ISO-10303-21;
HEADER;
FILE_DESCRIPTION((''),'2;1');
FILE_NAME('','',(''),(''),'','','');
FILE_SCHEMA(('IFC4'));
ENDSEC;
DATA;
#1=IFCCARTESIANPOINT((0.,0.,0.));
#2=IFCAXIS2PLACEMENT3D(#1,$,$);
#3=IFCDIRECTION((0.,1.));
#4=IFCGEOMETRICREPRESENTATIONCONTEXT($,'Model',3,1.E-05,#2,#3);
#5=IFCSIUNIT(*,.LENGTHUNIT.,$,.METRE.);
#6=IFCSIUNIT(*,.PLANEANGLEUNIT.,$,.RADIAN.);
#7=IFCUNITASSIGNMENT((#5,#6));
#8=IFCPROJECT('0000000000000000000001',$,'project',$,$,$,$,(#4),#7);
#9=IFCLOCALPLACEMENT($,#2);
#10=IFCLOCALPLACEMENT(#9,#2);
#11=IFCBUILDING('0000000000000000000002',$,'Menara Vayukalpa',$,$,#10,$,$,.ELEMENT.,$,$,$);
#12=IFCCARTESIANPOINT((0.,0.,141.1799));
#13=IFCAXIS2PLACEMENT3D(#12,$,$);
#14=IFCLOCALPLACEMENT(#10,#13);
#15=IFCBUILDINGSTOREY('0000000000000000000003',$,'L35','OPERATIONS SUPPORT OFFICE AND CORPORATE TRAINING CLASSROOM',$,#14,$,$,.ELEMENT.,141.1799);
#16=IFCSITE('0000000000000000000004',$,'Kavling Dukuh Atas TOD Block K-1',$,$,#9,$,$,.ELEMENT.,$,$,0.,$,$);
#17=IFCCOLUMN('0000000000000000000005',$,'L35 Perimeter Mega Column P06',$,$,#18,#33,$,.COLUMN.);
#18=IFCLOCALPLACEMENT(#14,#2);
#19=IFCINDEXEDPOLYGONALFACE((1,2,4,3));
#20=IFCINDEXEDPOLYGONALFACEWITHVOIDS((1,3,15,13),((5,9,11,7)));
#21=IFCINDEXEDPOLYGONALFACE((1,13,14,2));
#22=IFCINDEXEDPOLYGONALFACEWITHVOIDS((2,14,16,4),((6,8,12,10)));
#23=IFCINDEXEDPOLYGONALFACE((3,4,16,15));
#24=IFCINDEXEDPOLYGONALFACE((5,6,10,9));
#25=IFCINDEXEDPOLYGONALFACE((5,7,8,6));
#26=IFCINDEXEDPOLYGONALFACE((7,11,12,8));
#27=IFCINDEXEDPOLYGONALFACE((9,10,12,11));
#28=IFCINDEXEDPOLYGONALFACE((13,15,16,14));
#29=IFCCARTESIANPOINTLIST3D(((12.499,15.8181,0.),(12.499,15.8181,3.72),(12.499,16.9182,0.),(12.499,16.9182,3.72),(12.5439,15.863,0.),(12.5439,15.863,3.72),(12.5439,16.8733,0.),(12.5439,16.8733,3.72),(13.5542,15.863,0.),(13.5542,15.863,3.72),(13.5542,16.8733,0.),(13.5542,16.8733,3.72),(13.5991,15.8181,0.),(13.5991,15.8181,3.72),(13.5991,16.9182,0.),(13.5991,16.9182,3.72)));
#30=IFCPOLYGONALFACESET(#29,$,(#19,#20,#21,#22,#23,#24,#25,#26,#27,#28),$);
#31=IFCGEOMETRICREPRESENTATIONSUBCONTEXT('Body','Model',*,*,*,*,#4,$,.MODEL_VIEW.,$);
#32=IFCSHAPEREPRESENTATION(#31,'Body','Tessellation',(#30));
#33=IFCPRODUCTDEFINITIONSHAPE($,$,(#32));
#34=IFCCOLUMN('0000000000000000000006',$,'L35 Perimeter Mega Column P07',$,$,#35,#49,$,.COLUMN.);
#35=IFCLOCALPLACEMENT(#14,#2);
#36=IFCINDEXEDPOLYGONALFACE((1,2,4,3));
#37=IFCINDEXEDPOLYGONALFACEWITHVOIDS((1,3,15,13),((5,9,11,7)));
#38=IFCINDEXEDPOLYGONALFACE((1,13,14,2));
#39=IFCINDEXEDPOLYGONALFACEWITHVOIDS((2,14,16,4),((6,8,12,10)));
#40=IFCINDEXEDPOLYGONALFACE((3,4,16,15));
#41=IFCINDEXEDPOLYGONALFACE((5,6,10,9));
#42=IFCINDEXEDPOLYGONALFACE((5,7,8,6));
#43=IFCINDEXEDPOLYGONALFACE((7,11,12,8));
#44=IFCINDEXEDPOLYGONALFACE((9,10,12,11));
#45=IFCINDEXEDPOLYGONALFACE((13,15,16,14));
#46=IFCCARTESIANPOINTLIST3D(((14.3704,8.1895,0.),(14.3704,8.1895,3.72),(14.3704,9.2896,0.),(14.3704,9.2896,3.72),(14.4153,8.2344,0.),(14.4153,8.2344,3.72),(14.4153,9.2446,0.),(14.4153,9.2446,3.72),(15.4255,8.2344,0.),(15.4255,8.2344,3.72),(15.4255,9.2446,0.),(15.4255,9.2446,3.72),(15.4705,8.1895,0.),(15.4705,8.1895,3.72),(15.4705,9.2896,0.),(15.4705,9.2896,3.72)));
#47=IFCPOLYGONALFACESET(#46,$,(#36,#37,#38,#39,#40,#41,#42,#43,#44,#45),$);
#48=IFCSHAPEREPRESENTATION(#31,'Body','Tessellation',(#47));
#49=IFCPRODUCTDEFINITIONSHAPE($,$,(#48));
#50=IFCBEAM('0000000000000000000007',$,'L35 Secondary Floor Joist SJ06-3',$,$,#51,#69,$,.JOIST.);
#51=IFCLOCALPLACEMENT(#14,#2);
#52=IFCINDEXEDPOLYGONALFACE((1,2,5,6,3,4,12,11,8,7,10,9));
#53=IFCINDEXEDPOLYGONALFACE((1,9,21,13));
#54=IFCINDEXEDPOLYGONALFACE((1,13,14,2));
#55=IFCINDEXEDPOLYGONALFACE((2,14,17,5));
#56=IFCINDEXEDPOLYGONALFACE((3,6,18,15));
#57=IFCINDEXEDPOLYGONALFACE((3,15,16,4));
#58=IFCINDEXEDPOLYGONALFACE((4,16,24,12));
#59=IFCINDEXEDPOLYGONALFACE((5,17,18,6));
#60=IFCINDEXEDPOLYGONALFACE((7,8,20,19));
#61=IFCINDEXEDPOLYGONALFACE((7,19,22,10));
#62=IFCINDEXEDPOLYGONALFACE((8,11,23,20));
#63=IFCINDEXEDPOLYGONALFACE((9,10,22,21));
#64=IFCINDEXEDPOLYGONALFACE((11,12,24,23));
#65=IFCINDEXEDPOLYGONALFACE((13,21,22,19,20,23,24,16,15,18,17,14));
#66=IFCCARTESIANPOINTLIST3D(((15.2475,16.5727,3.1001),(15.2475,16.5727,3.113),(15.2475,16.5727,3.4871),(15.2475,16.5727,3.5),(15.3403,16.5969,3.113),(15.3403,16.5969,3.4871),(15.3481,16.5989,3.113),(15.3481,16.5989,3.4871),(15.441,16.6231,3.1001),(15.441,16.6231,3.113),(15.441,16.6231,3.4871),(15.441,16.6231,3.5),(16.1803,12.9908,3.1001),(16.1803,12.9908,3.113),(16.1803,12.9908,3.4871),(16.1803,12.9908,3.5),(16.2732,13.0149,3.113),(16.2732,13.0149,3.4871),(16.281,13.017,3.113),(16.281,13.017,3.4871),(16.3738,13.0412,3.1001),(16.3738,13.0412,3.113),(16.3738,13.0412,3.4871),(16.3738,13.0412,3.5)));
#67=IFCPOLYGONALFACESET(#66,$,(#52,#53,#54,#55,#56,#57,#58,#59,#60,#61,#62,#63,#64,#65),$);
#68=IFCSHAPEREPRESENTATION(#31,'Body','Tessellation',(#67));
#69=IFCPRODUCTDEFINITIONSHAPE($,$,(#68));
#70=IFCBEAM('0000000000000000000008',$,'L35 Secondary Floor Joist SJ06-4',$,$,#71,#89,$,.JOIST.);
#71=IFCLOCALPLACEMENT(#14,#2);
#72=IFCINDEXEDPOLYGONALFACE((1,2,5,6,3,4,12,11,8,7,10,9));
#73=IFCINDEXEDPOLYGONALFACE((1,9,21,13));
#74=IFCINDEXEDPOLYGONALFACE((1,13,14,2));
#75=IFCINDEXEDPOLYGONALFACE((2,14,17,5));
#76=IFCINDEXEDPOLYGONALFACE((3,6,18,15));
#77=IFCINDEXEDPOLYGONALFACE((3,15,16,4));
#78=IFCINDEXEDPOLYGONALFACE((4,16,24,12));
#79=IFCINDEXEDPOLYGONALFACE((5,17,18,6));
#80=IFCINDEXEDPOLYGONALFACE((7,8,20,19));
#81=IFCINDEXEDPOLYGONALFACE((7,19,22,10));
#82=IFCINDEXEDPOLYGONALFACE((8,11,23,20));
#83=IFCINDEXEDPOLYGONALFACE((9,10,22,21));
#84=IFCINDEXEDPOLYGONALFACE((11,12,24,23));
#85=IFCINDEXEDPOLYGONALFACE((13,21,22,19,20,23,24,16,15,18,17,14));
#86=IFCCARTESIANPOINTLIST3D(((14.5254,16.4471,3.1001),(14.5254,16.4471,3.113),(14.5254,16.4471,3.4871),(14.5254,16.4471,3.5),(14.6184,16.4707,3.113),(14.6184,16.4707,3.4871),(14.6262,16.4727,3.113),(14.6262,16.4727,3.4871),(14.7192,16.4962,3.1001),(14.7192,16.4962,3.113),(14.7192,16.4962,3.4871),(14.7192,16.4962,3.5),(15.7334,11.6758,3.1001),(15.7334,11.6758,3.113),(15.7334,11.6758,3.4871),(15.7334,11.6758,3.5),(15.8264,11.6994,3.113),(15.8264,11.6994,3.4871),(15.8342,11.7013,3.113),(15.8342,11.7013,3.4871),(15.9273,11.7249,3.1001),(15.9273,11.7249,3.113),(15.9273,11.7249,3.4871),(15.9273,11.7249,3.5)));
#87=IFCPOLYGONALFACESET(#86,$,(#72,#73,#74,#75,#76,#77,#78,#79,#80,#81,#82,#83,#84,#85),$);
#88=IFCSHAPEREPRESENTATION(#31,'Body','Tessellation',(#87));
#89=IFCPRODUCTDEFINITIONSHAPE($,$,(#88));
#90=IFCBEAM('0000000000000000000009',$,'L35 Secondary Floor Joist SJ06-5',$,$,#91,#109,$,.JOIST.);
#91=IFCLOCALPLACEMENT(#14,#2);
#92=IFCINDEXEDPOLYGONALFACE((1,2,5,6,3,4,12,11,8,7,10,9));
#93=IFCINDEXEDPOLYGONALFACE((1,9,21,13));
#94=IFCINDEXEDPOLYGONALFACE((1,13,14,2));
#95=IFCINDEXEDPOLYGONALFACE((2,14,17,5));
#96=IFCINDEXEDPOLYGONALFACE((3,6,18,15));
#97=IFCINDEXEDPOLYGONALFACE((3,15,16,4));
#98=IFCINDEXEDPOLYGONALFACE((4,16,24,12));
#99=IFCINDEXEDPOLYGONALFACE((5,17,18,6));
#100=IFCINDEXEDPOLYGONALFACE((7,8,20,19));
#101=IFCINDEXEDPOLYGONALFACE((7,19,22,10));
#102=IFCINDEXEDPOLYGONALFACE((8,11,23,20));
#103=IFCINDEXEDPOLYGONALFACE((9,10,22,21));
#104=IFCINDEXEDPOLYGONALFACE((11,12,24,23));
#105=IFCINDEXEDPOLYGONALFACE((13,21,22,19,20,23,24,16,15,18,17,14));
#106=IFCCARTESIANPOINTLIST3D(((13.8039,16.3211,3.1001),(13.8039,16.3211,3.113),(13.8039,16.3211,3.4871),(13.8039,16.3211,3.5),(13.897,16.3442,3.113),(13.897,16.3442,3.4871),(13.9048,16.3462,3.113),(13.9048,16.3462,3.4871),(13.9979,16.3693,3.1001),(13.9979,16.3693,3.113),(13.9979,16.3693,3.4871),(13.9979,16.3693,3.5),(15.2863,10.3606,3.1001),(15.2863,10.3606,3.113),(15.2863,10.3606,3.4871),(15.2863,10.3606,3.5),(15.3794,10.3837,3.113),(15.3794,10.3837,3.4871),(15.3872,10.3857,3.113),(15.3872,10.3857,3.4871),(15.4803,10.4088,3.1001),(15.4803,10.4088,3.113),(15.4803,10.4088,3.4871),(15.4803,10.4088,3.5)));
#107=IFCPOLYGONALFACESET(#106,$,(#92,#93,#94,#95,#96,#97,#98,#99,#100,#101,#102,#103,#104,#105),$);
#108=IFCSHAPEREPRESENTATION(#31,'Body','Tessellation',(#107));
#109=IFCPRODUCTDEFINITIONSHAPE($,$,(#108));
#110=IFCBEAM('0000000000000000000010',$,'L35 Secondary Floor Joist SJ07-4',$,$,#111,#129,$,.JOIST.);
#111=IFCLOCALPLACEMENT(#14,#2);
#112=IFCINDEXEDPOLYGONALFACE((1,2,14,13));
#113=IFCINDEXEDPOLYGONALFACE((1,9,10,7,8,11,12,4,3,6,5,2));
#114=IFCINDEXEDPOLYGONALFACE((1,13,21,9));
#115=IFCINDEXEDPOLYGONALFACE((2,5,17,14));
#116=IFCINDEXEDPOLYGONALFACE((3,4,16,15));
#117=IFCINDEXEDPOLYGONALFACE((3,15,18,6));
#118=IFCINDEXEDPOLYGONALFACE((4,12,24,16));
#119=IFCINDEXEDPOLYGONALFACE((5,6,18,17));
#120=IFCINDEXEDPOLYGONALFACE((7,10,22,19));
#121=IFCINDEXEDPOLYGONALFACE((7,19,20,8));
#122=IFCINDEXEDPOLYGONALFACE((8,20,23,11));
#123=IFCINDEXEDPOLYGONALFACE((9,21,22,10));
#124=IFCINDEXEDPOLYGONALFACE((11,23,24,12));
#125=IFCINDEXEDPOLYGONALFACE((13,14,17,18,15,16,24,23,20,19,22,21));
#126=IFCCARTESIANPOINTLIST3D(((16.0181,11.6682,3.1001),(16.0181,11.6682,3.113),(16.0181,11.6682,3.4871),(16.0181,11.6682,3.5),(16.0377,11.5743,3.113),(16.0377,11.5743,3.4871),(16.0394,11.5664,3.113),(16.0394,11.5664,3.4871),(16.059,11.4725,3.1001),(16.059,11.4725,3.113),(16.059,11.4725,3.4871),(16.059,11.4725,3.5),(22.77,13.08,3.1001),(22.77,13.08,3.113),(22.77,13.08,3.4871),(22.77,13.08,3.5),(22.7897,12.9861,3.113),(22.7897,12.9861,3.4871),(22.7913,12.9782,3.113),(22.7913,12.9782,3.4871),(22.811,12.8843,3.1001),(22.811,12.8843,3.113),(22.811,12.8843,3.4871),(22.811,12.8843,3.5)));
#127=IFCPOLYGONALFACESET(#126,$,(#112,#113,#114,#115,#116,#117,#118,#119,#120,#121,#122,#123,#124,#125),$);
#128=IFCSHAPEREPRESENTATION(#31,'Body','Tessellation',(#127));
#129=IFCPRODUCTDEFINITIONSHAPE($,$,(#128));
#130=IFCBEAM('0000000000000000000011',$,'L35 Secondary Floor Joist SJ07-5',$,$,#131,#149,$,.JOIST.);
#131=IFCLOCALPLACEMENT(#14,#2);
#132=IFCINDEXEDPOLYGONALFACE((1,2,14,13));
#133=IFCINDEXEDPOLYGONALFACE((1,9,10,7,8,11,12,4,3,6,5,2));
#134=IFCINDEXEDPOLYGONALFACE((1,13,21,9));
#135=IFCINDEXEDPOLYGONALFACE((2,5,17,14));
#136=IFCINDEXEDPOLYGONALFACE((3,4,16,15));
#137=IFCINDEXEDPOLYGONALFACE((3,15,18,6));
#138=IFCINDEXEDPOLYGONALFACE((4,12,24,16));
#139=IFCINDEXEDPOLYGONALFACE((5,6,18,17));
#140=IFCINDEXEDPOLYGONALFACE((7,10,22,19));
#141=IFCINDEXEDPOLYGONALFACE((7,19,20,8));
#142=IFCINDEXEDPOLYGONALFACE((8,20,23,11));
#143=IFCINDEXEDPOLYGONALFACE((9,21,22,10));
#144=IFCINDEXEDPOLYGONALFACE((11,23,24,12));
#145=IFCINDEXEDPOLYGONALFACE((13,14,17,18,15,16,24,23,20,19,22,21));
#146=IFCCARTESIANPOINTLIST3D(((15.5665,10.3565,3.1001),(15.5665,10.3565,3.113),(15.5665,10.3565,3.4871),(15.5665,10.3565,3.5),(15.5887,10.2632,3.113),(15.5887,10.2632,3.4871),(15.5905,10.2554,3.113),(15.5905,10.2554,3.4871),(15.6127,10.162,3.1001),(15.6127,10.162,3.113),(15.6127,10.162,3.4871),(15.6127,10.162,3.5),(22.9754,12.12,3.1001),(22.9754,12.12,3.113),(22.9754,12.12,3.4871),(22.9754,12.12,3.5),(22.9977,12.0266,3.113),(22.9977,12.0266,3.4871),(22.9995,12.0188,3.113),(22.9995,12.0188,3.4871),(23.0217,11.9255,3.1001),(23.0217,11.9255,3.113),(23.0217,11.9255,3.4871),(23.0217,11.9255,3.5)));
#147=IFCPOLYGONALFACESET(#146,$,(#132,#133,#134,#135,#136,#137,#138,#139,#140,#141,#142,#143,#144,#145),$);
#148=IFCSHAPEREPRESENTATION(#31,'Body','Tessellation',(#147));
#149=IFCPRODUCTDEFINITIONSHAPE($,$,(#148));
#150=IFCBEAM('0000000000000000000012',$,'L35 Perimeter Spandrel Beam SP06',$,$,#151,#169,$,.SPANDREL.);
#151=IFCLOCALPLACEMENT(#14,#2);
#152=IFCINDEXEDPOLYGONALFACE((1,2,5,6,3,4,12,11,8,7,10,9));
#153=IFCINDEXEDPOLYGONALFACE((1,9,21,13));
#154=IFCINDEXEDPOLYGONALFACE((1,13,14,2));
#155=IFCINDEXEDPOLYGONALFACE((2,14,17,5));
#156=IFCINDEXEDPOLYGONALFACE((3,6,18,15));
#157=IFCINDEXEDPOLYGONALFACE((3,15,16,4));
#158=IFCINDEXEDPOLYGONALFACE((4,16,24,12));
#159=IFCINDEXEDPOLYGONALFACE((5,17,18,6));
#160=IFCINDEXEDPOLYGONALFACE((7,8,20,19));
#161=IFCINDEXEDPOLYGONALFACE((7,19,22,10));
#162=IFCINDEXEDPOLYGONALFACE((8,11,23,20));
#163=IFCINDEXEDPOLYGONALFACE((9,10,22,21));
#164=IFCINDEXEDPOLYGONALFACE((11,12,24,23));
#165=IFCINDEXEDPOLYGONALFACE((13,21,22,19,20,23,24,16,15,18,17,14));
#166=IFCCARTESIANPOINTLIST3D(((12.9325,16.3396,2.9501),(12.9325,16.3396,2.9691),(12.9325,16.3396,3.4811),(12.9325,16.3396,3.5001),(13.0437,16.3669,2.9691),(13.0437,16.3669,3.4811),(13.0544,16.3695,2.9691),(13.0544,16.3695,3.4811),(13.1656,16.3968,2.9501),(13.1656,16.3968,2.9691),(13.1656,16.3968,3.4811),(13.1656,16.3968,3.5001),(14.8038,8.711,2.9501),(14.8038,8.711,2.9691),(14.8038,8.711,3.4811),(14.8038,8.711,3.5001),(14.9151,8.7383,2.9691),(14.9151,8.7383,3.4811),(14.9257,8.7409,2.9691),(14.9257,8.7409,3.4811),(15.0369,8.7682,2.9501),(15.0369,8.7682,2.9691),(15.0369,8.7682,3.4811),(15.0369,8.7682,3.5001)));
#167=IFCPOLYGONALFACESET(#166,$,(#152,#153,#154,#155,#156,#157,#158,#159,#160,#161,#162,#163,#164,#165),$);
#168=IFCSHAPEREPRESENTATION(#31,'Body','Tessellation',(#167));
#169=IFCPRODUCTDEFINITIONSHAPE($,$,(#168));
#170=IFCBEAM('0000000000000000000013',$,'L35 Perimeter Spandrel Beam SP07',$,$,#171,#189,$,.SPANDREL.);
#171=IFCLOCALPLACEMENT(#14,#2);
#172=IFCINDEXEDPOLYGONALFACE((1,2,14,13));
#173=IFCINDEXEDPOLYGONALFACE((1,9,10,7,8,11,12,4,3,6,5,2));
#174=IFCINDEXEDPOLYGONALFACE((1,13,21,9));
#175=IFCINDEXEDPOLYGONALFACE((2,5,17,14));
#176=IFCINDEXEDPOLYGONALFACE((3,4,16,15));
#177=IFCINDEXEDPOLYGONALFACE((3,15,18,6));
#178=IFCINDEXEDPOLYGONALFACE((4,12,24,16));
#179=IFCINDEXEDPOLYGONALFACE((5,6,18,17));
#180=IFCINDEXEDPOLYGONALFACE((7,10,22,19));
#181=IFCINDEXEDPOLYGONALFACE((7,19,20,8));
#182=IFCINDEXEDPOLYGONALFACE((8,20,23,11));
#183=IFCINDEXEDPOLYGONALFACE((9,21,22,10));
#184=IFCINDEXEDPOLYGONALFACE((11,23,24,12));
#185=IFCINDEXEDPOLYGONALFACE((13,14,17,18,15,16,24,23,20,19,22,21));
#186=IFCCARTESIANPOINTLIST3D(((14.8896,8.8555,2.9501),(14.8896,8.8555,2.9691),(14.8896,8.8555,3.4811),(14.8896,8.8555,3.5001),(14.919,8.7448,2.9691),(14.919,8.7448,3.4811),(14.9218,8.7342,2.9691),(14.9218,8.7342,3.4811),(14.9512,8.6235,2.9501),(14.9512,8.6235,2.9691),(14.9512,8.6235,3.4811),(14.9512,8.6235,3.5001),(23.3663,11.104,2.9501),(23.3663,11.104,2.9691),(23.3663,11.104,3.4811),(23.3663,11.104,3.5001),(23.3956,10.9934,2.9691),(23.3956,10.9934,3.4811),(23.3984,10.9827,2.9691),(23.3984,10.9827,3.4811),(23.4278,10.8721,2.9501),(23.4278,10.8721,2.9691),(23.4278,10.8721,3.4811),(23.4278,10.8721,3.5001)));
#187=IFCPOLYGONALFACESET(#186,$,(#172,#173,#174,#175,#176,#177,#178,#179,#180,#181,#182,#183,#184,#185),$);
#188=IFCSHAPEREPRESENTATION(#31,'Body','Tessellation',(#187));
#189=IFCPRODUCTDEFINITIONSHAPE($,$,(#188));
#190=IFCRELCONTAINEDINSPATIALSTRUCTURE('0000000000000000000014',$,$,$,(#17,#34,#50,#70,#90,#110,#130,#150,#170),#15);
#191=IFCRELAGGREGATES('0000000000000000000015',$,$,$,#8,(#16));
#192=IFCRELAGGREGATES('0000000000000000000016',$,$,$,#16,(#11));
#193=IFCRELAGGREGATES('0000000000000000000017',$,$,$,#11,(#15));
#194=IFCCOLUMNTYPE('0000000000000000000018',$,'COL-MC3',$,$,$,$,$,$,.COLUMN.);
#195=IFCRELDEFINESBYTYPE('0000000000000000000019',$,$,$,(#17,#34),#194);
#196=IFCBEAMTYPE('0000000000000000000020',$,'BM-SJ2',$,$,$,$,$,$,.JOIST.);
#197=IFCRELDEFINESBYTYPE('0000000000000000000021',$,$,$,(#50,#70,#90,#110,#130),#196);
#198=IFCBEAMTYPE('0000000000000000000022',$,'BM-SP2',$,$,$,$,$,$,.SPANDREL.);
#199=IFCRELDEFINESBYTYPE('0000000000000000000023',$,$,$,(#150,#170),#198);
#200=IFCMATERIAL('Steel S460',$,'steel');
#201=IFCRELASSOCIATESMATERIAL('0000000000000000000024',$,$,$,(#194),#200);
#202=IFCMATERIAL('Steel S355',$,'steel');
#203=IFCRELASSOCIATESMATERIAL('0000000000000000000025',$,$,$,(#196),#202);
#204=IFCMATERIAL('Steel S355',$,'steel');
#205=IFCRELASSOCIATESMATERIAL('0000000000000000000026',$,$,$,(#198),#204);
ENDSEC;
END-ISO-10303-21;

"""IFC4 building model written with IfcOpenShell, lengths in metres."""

from ifc_helpers import new_model, si_unit, direction, frame, origin, origin_2d, place, context, subcontext, project, spatial, hollow_rectangle, i_section, extrude, material, material_profile, profile_set, type_object, element, save


model = new_model("IFC4")

# Units and contexts
model_context = context("Model", 3, precision=1e-05, world=origin(), true_north=direction((0.0, 1.0)))
body_context = subcontext(model_context, "Body", "Model", "MODEL_VIEW")
ifc_project = project(units=[si_unit("LENGTHUNIT", "METRE"), si_unit("PLANEANGLEUNIT", "RADIAN")], contexts=[model_context])

# Site, building, storey
site_placement = place(None, origin())
site = spatial("IfcSite", under=ifc_project, at=site_placement, Name="Kavling Dukuh Atas TOD Block K-1", CompositionType="ELEMENT", RefElevation=0.0)
building_placement = place(site_placement, origin())
building = spatial("IfcBuilding", under=site, at=building_placement, Name="Menara Vayukalpa", CompositionType="ELEMENT")
storey_placement = place(building_placement, frame((0.0, 0.0, 141.1799)))
storey = spatial("IfcBuildingStorey", under=building, at=storey_placement, Name="L35", Description="OPERATIONS SUPPORT OFFICE AND CORPORATE TRAINING CLASSROOM", CompositionType="ELEMENT", Elevation=141.1799)

# Columns
ifc_material_1 = material(Name="Steel S460", Category="steel")
ifc_material_profile_1 = material_profile(ifc_material_1, hollow_rectangle(XDim=1.1001, YDim=1.1001, WallThickness=0.0449, at=origin_2d()), Name="BOX 1100x1100x45")
ifc_profile_set_1 = profile_set([ifc_material_profile_1], Name="Steel S460")
column_type = type_object("IfcColumnType", Name="COL-MC3", PredefinedType="COLUMN", material=ifc_profile_set_1)
for number, where, z_axis, x_axis, name in (
    (1, (13.0491, 16.3682, 0.0), (0.0, 0.0, 1.0), (1.0, 0.0, 0.0), "L35 Perimeter Mega Column P06"),
    (2, (14.9204, 8.7395, 0.0), (0.0, 0.0, 1.0), (1.0, 0.0, 0.0), "L35 Perimeter Mega Column P07"),
):
    element("IfcColumn", number, at=place(storey_placement, frame(where, z_axis=z_axis, x_axis=x_axis)), inside=storey, type_object=column_type, Name=name, PredefinedType="COLUMN", context=body_context, shape_type="SweptSolid", body=[
        extrude(hollow_rectangle(XDim=1.1001, YDim=1.1001, WallThickness=0.0449, at=origin_2d()), origin(), (0.0, 0.0, 1.0), 3.72),
    ])

# Beams
ifc_material_2 = material(Name="Steel S355", Category="steel")
ifc_material_profile_2 = material_profile(ifc_material_2, i_section(OverallWidth=0.2, OverallDepth=0.3999, WebThickness=0.0081, FlangeThickness=0.0129, at=origin_2d()), Name="WF 400x200x8x13")
ifc_profile_set_2 = profile_set([ifc_material_profile_2], Name="Steel S355")
beam_type_1 = type_object("IfcBeamType", Name="BM-SJ2", PredefinedType="JOIST", material=ifc_profile_set_2)
beam_1_placement = place(storey_placement, frame((15.3442, 16.5979, 3.3), z_axis=(0.252022, -0.967722, 0.0), x_axis=(0.967722, 0.252022, 0.0)))
element("IfcBeam", 3, at=beam_1_placement, inside=storey, type_object=beam_type_1, Name="L35 Secondary Floor Joist SJ06-3", PredefinedType="JOIST", context=body_context, shape_type="SweptSolid", body=[
    extrude(i_section(OverallWidth=0.2, OverallDepth=0.3999, WebThickness=0.0081, FlangeThickness=0.0129, at=origin_2d()), origin(), (0.0, 0.0, 1.0), 3.7014),
])
beam_2_placement = place(storey_placement, frame((14.6223, 16.4717, 3.3), z_axis=(0.245441, -0.969412, 0.0), x_axis=(0.969412, 0.245441, 0.0)))
element("IfcBeam", 4, at=beam_2_placement, inside=storey, type_object=beam_type_1, Name="L35 Secondary Floor Joist SJ06-4", PredefinedType="JOIST", context=body_context, shape_type="SweptSolid", body=[
    extrude(i_section(OverallWidth=0.2, OverallDepth=0.3999, WebThickness=0.0081, FlangeThickness=0.0129, at=origin_2d()), origin(), (0.0, 0.0, 1.0), 4.9219),
])
beam_3_placement = place(storey_placement, frame((13.9009, 16.3452, 3.3), z_axis=(0.241357, -0.970436, 0.0), x_axis=(0.970436, 0.241357, 0.0)))
element("IfcBeam", 5, at=beam_3_placement, inside=storey, type_object=beam_type_1, Name="L35 Secondary Floor Joist SJ06-5", PredefinedType="JOIST", context=body_context, shape_type="SweptSolid", body=[
    extrude(i_section(OverallWidth=0.2, OverallDepth=0.3999, WebThickness=0.0081, FlangeThickness=0.0129, at=origin_2d()), origin(), (0.0, 0.0, 1.0), 6.1421),
])
beam_4_placement = place(storey_placement, frame((16.0386, 11.5703, 3.3), z_axis=(0.978829, 0.204678, 0.0), x_axis=(-0.204678, 0.978829, 0.0)))
element("IfcBeam", 6, at=beam_4_placement, inside=storey, type_object=beam_type_1, Name="L35 Secondary Floor Joist SJ07-4", PredefinedType="JOIST", context=body_context, shape_type="SweptSolid", body=[
    extrude(i_section(OverallWidth=0.2, OverallDepth=0.3999, WebThickness=0.0081, FlangeThickness=0.0129, at=origin_2d()), origin(), (0.0, 0.0, 1.0), 6.8979),
])
beam_5_placement = place(storey_placement, frame((15.5896, 10.2593, 3.3), z_axis=(0.972824, 0.231545, 0.0), x_axis=(-0.231545, 0.972824, 0.0)))
element("IfcBeam", 7, at=beam_5_placement, inside=storey, type_object=beam_type_1, Name="L35 Secondary Floor Joist SJ07-5", PredefinedType="JOIST", context=body_context, shape_type="SweptSolid", body=[
    extrude(i_section(OverallWidth=0.2, OverallDepth=0.3999, WebThickness=0.0081, FlangeThickness=0.0129, at=origin_2d()), origin(), (0.0, 0.0, 1.0), 7.616),
])
ifc_material_3 = material(Name="Steel S355", Category="steel")
ifc_material_profile_3 = material_profile(ifc_material_3, i_section(OverallWidth=0.24, OverallDepth=0.55, WebThickness=0.011, FlangeThickness=0.019, at=origin_2d()), Name="WF 550x240x11x19")
ifc_profile_set_3 = profile_set([ifc_material_profile_3], Name="Steel S355")
beam_type_2 = type_object("IfcBeamType", Name="BM-SP2", PredefinedType="SPANDREL", material=ifc_profile_set_3)
beam_6_placement = place(storey_placement, frame((13.0491, 16.3682, 3.2251), z_axis=(0.23824, -0.971206, 0.0), x_axis=(0.971206, 0.23824, 0.0)))
element("IfcBeam", 8, at=beam_6_placement, inside=storey, type_object=beam_type_2, Name="L35 Perimeter Spandrel Beam SP06", PredefinedType="SPANDREL", context=body_context, shape_type="SweptSolid", body=[
    extrude(i_section(OverallWidth=0.24, OverallDepth=0.55, WebThickness=0.011, FlangeThickness=0.019, at=origin_2d()), origin(), (0.0, 0.0, 1.0), 7.8547),
])
beam_7_placement = place(storey_placement, frame((14.9204, 8.7395, 3.2251), z_axis=(0.966571, 0.256398, 0.0), x_axis=(-0.256398, 0.966571, 0.0)))
element("IfcBeam", 9, at=beam_7_placement, inside=storey, type_object=beam_type_2, Name="L35 Perimeter Spandrel Beam SP07", PredefinedType="SPANDREL", context=body_context, shape_type="SweptSolid", body=[
    extrude(i_section(OverallWidth=0.24, OverallDepth=0.55, WebThickness=0.011, FlangeThickness=0.019, at=origin_2d()), origin(), (0.0, 0.0, 1.0), 8.7698),
])

save(model, "model.ifc")
